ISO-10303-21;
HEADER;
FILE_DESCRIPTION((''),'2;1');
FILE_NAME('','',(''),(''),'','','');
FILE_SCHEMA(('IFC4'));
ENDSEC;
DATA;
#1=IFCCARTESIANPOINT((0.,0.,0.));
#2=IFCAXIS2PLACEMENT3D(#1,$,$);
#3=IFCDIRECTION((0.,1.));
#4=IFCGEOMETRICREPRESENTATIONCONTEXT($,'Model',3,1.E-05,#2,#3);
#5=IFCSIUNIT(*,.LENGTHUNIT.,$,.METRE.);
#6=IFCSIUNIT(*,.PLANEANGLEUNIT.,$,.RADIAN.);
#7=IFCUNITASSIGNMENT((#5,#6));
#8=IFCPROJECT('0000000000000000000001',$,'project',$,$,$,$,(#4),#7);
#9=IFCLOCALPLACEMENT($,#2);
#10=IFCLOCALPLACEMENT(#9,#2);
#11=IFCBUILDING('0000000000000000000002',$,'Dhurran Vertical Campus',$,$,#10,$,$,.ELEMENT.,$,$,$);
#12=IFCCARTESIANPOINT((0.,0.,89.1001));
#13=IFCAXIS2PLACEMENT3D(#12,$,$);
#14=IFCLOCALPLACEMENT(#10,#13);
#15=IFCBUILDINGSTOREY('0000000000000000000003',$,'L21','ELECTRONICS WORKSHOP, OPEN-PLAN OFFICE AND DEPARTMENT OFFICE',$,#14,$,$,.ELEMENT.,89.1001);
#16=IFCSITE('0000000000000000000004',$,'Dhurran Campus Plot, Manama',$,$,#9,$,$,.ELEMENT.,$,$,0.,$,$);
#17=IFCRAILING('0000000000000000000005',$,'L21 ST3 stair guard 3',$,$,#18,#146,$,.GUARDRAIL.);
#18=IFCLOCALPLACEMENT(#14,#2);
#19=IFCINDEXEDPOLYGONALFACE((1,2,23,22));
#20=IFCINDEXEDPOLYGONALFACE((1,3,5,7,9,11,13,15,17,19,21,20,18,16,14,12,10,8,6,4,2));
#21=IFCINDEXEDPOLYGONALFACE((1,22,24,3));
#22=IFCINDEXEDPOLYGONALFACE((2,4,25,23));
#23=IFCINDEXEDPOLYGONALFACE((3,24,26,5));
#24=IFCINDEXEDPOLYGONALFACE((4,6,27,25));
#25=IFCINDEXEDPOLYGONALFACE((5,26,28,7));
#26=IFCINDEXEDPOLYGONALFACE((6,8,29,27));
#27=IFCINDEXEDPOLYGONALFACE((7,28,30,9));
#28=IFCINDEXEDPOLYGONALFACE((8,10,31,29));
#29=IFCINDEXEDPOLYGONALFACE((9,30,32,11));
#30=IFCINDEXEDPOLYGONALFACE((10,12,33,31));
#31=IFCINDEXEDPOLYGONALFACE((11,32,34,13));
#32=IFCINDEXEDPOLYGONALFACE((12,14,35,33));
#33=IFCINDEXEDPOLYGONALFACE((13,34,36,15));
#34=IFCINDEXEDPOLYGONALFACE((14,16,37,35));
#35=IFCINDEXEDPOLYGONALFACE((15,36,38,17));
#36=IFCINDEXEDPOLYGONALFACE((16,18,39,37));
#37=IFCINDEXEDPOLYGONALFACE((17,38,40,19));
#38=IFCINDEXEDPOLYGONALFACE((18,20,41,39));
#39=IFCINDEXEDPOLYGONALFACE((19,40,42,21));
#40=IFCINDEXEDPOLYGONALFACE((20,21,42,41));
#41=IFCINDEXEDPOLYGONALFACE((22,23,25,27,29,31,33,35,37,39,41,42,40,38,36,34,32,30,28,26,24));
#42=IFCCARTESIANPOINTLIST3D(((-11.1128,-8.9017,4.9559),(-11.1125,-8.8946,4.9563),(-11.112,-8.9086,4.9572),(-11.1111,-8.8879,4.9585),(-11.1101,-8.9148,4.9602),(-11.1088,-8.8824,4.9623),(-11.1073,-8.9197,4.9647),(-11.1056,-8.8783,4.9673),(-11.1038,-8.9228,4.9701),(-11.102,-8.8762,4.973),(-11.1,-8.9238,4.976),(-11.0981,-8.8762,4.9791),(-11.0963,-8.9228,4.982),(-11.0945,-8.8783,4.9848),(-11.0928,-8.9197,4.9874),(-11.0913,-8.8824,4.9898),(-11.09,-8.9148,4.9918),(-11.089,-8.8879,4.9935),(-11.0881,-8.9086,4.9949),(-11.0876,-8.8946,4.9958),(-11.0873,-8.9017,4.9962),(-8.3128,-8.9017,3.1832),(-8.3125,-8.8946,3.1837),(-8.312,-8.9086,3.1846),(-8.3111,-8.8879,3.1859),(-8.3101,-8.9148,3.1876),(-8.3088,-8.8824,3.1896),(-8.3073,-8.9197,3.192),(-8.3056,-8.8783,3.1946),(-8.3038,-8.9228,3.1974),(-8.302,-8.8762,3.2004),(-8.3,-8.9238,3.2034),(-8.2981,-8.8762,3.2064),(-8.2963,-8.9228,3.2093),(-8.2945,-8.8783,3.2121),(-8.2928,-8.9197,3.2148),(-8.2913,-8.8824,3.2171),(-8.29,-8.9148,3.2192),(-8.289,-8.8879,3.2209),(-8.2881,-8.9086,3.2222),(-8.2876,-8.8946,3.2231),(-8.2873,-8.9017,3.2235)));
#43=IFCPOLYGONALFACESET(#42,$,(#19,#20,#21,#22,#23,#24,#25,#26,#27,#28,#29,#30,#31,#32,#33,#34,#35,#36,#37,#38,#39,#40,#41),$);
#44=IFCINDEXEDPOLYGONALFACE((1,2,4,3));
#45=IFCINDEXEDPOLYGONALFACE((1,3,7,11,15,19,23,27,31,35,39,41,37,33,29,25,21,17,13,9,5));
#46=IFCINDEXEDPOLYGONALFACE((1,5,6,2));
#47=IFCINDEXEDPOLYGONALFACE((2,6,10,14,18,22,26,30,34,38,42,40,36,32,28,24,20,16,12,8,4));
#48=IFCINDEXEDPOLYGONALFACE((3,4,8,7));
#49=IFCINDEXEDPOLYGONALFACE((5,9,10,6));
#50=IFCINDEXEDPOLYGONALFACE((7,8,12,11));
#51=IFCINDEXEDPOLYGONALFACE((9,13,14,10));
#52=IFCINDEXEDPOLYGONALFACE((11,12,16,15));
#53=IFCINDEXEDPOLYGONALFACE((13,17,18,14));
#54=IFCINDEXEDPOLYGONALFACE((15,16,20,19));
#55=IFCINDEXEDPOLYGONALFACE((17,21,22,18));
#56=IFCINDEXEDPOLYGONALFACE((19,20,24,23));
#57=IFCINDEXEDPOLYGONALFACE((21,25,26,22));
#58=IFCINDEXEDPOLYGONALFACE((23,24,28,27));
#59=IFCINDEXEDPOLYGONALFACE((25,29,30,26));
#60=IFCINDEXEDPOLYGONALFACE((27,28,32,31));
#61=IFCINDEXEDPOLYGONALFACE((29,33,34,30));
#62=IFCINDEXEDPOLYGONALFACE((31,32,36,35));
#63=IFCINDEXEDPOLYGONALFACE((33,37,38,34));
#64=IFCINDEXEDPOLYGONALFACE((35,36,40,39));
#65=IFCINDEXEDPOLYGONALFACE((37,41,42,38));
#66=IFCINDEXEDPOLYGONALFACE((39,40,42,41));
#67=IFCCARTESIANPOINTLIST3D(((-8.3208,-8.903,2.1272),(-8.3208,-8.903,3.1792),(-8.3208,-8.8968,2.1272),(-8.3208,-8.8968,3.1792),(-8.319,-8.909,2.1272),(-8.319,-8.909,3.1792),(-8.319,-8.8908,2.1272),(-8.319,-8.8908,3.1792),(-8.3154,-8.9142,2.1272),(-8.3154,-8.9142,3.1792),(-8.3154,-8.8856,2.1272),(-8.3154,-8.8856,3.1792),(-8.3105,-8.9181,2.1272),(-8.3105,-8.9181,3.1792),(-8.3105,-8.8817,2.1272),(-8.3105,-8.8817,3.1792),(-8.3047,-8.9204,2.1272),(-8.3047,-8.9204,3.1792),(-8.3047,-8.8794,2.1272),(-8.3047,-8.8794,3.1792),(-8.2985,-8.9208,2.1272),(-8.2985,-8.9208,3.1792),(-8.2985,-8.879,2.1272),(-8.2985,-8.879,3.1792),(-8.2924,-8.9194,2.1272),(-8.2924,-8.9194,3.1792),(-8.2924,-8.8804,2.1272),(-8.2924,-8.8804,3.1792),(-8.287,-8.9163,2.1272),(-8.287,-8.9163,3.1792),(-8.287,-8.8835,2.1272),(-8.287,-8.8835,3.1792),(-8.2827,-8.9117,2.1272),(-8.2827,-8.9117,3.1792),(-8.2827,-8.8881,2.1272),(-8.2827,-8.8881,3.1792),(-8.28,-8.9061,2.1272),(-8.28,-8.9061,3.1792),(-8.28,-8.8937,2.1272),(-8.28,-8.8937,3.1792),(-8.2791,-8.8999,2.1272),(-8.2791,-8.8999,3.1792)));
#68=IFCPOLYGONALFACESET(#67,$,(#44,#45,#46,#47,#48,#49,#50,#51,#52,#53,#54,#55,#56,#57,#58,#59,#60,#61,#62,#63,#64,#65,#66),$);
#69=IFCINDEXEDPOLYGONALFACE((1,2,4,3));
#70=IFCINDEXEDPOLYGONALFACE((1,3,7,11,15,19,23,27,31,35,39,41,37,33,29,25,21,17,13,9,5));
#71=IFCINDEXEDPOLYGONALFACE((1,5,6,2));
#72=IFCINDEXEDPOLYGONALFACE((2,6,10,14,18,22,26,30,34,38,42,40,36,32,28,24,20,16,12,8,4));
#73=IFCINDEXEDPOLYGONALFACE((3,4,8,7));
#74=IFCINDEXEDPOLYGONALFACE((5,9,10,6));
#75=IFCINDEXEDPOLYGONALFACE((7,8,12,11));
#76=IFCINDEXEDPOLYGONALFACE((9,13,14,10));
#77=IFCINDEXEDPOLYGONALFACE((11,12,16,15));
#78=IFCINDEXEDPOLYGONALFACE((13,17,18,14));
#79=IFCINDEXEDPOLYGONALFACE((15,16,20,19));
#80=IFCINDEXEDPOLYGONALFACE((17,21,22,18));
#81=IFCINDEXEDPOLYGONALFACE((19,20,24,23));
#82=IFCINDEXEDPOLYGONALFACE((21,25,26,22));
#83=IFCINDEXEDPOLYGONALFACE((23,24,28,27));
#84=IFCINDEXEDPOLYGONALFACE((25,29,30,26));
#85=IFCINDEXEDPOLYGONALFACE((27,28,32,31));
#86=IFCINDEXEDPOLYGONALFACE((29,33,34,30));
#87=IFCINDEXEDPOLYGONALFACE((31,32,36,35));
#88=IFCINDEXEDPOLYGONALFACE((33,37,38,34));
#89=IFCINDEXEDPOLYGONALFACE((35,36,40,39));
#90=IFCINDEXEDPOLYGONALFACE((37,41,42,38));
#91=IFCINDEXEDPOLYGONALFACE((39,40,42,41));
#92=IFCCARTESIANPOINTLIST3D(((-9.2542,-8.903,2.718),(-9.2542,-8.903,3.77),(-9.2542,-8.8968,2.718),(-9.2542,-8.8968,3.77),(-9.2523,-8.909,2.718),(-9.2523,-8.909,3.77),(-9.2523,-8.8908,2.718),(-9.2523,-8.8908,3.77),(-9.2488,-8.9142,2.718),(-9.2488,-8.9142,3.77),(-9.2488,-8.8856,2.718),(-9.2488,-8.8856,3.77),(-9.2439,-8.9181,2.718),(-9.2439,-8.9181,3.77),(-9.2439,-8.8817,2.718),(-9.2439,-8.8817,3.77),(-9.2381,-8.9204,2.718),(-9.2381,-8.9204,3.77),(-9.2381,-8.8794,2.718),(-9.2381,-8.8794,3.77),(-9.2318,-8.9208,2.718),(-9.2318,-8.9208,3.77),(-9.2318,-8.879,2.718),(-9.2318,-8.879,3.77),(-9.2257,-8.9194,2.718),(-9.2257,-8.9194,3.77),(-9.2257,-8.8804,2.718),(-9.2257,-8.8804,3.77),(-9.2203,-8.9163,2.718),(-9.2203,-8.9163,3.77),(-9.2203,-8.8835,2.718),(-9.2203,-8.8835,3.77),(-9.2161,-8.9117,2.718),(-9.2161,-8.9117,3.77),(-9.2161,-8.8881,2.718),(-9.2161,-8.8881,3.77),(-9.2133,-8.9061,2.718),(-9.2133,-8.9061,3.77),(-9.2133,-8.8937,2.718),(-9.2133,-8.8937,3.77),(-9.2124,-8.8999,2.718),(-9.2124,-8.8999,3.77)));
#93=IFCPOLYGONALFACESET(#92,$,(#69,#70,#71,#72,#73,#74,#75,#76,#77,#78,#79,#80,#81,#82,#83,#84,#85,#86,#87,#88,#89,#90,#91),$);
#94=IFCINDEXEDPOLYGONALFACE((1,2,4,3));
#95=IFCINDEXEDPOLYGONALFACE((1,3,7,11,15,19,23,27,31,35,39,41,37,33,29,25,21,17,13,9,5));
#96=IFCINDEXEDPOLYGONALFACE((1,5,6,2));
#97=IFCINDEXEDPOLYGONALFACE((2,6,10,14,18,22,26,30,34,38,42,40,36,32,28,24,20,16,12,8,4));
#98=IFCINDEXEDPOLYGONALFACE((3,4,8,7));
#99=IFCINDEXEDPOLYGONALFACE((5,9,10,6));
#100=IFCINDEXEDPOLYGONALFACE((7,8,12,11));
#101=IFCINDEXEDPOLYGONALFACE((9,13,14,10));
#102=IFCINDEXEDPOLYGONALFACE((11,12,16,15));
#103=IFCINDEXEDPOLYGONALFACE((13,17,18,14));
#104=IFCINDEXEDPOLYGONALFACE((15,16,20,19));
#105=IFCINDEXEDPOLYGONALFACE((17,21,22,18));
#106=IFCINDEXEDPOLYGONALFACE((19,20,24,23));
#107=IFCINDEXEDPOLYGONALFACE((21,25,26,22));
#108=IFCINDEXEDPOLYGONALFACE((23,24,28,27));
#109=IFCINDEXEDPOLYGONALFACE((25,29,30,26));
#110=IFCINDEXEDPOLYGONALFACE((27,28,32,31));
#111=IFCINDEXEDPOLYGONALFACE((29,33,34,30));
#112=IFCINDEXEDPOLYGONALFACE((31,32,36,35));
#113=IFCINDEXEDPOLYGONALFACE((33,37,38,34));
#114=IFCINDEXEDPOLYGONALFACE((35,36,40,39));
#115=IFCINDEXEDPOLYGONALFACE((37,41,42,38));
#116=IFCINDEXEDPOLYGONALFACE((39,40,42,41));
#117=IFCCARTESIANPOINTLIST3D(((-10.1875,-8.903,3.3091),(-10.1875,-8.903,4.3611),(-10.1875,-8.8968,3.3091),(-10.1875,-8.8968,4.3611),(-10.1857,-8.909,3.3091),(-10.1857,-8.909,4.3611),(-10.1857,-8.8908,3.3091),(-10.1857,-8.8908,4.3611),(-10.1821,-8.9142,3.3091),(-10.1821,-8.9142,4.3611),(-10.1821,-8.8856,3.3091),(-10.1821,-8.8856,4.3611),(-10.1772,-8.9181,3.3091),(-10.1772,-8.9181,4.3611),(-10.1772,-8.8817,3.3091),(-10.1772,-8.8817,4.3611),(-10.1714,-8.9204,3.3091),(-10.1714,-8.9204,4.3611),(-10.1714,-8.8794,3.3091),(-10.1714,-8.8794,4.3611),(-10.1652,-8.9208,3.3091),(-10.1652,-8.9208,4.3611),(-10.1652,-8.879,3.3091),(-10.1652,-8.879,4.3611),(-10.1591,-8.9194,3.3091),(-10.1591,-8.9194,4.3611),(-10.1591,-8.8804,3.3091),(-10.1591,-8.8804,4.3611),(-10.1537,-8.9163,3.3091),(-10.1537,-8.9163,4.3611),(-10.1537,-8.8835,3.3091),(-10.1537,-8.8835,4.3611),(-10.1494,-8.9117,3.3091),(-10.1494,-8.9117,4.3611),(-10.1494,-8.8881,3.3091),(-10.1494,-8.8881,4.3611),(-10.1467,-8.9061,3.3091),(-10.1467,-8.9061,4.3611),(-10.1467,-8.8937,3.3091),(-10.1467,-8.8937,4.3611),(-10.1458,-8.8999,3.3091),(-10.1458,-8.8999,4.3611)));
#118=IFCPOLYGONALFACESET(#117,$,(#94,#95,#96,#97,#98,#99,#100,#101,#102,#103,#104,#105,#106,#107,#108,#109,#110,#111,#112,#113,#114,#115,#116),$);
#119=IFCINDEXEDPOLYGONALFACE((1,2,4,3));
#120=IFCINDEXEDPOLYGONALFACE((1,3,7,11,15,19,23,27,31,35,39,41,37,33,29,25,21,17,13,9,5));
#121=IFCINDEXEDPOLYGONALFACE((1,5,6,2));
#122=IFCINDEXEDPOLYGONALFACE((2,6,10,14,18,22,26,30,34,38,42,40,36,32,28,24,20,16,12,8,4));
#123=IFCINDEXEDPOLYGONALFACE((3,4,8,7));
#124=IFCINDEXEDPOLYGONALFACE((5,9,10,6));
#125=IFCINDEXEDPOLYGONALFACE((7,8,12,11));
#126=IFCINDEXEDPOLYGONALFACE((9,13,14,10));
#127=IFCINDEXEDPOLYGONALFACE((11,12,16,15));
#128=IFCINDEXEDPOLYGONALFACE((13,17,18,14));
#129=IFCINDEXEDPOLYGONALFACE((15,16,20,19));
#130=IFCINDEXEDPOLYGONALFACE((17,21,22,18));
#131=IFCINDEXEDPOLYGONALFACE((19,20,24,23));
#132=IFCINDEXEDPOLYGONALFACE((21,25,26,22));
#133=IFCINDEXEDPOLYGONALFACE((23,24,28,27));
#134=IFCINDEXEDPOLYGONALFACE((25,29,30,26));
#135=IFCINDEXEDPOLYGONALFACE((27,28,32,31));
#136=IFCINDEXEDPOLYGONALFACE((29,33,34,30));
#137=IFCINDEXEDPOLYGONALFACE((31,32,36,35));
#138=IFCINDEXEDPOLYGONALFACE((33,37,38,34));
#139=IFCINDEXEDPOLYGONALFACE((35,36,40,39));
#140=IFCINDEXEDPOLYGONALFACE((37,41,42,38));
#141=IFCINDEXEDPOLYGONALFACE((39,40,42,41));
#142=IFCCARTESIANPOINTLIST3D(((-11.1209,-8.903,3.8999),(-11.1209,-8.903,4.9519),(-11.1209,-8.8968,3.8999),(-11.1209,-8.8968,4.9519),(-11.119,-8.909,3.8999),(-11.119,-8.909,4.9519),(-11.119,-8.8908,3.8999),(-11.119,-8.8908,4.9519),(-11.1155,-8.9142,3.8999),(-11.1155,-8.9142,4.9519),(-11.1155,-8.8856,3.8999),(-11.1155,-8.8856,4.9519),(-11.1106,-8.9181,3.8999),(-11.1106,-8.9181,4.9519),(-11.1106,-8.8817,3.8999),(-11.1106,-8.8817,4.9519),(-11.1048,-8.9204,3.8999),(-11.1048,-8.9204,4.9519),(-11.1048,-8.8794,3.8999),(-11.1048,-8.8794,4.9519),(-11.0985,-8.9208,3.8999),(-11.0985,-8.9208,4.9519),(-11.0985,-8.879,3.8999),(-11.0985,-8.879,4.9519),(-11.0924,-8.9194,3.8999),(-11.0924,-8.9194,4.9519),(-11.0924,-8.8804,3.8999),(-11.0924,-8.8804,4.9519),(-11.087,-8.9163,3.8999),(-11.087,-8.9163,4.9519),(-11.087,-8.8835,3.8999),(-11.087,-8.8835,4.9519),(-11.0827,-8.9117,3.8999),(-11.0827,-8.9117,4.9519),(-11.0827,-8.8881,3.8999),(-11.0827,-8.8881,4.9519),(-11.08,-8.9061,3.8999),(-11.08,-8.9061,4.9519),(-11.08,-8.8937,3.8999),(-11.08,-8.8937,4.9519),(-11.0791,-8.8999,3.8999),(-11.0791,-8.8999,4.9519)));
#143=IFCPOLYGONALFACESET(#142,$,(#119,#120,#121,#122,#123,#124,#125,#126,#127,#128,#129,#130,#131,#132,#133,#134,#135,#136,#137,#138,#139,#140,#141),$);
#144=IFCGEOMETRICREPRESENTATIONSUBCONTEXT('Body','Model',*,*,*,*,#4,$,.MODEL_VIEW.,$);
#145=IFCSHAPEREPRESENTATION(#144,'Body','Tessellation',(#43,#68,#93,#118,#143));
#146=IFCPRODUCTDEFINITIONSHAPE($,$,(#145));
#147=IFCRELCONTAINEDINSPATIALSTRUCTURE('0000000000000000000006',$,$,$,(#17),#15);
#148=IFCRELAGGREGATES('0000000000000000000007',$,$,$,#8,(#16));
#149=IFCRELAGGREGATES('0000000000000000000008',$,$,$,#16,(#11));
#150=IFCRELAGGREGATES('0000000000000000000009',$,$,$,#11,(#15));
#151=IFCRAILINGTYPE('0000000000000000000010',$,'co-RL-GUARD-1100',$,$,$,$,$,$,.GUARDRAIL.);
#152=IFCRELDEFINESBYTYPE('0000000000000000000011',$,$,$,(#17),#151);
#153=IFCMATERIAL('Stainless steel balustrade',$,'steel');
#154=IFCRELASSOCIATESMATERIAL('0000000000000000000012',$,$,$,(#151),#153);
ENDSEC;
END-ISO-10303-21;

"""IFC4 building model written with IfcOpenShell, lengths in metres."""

from ifc_helpers import new_model, si_unit, direction, frame, origin, origin_2d, place, context, subcontext, project, spatial, circle, extrude, material, type_object, element, save


model = new_model("IFC4")

# Units and contexts
model_context = context("Model", 3, precision=1e-05, world=origin(), true_north=direction((0.0, 1.0)))
body_context = subcontext(model_context, "Body", "Model", "MODEL_VIEW")
ifc_project = project(units=[si_unit("LENGTHUNIT", "METRE"), si_unit("PLANEANGLEUNIT", "RADIAN")], contexts=[model_context])

# Site, building, storey
site_placement = place(None, origin())
site = spatial("IfcSite", under=ifc_project, at=site_placement, Name="Dhurran Campus Plot, Manama", CompositionType="ELEMENT", RefElevation=0.0)
building_placement = place(site_placement, origin())
building = spatial("IfcBuilding", under=site, at=building_placement, Name="Dhurran Vertical Campus", CompositionType="ELEMENT")
storey_placement = place(building_placement, frame((0.0, 0.0, 89.1001)))
storey = spatial("IfcBuildingStorey", under=building, at=storey_placement, Name="L21", Description="ELECTRONICS WORKSHOP, OPEN-PLAN OFFICE AND DEPARTMENT OFFICE", CompositionType="ELEMENT", Elevation=89.1001)

# Railing
ifc_material_1 = material(Name="Stainless steel balustrade", Category="steel")
railing_type_1 = type_object("IfcRailingType", Name="co-RL-GUARD-1100", PredefinedType="GUARDRAIL", material=ifc_material_1)
railing_1_placement = place(storey_placement, frame((-8.3, -8.8999, 2.1272)))
element("IfcRailing", 1, at=railing_1_placement, inside=storey, type_object=railing_type_1, Name="L21 ST3 stair guard 3", PredefinedType="GUARDRAIL", context=body_context, shape_type="SweptSolid", body=[
    extrude(circle(Radius=0.0239, at=origin_2d()), frame((0.0, 0.0, 1.0762), z_axis=(-0.844909, 0.0, 0.53491), x_axis=(0.0, -1.0, 0.0)), (0.0, 0.0, 1.0), 3.314),
    extrude(circle(Radius=0.021, at=origin_2d()), origin(), (0.0, 0.0, 1.0), 1.052),
    extrude(circle(Radius=0.021, at=origin_2d()), frame((-0.9333, 0.0, 0.5908)), (0.0, 0.0, 1.0), 1.052),
    extrude(circle(Radius=0.021, at=origin_2d()), frame((-1.8667, 0.0, 1.1819)), (0.0, 0.0, 1.0), 1.052),
    extrude(circle(Radius=0.021, at=origin_2d()), frame((-2.8, 0.0, 1.7727)), (0.0, 0.0, 1.0), 1.052),
])

save(model, "model.ifc")
